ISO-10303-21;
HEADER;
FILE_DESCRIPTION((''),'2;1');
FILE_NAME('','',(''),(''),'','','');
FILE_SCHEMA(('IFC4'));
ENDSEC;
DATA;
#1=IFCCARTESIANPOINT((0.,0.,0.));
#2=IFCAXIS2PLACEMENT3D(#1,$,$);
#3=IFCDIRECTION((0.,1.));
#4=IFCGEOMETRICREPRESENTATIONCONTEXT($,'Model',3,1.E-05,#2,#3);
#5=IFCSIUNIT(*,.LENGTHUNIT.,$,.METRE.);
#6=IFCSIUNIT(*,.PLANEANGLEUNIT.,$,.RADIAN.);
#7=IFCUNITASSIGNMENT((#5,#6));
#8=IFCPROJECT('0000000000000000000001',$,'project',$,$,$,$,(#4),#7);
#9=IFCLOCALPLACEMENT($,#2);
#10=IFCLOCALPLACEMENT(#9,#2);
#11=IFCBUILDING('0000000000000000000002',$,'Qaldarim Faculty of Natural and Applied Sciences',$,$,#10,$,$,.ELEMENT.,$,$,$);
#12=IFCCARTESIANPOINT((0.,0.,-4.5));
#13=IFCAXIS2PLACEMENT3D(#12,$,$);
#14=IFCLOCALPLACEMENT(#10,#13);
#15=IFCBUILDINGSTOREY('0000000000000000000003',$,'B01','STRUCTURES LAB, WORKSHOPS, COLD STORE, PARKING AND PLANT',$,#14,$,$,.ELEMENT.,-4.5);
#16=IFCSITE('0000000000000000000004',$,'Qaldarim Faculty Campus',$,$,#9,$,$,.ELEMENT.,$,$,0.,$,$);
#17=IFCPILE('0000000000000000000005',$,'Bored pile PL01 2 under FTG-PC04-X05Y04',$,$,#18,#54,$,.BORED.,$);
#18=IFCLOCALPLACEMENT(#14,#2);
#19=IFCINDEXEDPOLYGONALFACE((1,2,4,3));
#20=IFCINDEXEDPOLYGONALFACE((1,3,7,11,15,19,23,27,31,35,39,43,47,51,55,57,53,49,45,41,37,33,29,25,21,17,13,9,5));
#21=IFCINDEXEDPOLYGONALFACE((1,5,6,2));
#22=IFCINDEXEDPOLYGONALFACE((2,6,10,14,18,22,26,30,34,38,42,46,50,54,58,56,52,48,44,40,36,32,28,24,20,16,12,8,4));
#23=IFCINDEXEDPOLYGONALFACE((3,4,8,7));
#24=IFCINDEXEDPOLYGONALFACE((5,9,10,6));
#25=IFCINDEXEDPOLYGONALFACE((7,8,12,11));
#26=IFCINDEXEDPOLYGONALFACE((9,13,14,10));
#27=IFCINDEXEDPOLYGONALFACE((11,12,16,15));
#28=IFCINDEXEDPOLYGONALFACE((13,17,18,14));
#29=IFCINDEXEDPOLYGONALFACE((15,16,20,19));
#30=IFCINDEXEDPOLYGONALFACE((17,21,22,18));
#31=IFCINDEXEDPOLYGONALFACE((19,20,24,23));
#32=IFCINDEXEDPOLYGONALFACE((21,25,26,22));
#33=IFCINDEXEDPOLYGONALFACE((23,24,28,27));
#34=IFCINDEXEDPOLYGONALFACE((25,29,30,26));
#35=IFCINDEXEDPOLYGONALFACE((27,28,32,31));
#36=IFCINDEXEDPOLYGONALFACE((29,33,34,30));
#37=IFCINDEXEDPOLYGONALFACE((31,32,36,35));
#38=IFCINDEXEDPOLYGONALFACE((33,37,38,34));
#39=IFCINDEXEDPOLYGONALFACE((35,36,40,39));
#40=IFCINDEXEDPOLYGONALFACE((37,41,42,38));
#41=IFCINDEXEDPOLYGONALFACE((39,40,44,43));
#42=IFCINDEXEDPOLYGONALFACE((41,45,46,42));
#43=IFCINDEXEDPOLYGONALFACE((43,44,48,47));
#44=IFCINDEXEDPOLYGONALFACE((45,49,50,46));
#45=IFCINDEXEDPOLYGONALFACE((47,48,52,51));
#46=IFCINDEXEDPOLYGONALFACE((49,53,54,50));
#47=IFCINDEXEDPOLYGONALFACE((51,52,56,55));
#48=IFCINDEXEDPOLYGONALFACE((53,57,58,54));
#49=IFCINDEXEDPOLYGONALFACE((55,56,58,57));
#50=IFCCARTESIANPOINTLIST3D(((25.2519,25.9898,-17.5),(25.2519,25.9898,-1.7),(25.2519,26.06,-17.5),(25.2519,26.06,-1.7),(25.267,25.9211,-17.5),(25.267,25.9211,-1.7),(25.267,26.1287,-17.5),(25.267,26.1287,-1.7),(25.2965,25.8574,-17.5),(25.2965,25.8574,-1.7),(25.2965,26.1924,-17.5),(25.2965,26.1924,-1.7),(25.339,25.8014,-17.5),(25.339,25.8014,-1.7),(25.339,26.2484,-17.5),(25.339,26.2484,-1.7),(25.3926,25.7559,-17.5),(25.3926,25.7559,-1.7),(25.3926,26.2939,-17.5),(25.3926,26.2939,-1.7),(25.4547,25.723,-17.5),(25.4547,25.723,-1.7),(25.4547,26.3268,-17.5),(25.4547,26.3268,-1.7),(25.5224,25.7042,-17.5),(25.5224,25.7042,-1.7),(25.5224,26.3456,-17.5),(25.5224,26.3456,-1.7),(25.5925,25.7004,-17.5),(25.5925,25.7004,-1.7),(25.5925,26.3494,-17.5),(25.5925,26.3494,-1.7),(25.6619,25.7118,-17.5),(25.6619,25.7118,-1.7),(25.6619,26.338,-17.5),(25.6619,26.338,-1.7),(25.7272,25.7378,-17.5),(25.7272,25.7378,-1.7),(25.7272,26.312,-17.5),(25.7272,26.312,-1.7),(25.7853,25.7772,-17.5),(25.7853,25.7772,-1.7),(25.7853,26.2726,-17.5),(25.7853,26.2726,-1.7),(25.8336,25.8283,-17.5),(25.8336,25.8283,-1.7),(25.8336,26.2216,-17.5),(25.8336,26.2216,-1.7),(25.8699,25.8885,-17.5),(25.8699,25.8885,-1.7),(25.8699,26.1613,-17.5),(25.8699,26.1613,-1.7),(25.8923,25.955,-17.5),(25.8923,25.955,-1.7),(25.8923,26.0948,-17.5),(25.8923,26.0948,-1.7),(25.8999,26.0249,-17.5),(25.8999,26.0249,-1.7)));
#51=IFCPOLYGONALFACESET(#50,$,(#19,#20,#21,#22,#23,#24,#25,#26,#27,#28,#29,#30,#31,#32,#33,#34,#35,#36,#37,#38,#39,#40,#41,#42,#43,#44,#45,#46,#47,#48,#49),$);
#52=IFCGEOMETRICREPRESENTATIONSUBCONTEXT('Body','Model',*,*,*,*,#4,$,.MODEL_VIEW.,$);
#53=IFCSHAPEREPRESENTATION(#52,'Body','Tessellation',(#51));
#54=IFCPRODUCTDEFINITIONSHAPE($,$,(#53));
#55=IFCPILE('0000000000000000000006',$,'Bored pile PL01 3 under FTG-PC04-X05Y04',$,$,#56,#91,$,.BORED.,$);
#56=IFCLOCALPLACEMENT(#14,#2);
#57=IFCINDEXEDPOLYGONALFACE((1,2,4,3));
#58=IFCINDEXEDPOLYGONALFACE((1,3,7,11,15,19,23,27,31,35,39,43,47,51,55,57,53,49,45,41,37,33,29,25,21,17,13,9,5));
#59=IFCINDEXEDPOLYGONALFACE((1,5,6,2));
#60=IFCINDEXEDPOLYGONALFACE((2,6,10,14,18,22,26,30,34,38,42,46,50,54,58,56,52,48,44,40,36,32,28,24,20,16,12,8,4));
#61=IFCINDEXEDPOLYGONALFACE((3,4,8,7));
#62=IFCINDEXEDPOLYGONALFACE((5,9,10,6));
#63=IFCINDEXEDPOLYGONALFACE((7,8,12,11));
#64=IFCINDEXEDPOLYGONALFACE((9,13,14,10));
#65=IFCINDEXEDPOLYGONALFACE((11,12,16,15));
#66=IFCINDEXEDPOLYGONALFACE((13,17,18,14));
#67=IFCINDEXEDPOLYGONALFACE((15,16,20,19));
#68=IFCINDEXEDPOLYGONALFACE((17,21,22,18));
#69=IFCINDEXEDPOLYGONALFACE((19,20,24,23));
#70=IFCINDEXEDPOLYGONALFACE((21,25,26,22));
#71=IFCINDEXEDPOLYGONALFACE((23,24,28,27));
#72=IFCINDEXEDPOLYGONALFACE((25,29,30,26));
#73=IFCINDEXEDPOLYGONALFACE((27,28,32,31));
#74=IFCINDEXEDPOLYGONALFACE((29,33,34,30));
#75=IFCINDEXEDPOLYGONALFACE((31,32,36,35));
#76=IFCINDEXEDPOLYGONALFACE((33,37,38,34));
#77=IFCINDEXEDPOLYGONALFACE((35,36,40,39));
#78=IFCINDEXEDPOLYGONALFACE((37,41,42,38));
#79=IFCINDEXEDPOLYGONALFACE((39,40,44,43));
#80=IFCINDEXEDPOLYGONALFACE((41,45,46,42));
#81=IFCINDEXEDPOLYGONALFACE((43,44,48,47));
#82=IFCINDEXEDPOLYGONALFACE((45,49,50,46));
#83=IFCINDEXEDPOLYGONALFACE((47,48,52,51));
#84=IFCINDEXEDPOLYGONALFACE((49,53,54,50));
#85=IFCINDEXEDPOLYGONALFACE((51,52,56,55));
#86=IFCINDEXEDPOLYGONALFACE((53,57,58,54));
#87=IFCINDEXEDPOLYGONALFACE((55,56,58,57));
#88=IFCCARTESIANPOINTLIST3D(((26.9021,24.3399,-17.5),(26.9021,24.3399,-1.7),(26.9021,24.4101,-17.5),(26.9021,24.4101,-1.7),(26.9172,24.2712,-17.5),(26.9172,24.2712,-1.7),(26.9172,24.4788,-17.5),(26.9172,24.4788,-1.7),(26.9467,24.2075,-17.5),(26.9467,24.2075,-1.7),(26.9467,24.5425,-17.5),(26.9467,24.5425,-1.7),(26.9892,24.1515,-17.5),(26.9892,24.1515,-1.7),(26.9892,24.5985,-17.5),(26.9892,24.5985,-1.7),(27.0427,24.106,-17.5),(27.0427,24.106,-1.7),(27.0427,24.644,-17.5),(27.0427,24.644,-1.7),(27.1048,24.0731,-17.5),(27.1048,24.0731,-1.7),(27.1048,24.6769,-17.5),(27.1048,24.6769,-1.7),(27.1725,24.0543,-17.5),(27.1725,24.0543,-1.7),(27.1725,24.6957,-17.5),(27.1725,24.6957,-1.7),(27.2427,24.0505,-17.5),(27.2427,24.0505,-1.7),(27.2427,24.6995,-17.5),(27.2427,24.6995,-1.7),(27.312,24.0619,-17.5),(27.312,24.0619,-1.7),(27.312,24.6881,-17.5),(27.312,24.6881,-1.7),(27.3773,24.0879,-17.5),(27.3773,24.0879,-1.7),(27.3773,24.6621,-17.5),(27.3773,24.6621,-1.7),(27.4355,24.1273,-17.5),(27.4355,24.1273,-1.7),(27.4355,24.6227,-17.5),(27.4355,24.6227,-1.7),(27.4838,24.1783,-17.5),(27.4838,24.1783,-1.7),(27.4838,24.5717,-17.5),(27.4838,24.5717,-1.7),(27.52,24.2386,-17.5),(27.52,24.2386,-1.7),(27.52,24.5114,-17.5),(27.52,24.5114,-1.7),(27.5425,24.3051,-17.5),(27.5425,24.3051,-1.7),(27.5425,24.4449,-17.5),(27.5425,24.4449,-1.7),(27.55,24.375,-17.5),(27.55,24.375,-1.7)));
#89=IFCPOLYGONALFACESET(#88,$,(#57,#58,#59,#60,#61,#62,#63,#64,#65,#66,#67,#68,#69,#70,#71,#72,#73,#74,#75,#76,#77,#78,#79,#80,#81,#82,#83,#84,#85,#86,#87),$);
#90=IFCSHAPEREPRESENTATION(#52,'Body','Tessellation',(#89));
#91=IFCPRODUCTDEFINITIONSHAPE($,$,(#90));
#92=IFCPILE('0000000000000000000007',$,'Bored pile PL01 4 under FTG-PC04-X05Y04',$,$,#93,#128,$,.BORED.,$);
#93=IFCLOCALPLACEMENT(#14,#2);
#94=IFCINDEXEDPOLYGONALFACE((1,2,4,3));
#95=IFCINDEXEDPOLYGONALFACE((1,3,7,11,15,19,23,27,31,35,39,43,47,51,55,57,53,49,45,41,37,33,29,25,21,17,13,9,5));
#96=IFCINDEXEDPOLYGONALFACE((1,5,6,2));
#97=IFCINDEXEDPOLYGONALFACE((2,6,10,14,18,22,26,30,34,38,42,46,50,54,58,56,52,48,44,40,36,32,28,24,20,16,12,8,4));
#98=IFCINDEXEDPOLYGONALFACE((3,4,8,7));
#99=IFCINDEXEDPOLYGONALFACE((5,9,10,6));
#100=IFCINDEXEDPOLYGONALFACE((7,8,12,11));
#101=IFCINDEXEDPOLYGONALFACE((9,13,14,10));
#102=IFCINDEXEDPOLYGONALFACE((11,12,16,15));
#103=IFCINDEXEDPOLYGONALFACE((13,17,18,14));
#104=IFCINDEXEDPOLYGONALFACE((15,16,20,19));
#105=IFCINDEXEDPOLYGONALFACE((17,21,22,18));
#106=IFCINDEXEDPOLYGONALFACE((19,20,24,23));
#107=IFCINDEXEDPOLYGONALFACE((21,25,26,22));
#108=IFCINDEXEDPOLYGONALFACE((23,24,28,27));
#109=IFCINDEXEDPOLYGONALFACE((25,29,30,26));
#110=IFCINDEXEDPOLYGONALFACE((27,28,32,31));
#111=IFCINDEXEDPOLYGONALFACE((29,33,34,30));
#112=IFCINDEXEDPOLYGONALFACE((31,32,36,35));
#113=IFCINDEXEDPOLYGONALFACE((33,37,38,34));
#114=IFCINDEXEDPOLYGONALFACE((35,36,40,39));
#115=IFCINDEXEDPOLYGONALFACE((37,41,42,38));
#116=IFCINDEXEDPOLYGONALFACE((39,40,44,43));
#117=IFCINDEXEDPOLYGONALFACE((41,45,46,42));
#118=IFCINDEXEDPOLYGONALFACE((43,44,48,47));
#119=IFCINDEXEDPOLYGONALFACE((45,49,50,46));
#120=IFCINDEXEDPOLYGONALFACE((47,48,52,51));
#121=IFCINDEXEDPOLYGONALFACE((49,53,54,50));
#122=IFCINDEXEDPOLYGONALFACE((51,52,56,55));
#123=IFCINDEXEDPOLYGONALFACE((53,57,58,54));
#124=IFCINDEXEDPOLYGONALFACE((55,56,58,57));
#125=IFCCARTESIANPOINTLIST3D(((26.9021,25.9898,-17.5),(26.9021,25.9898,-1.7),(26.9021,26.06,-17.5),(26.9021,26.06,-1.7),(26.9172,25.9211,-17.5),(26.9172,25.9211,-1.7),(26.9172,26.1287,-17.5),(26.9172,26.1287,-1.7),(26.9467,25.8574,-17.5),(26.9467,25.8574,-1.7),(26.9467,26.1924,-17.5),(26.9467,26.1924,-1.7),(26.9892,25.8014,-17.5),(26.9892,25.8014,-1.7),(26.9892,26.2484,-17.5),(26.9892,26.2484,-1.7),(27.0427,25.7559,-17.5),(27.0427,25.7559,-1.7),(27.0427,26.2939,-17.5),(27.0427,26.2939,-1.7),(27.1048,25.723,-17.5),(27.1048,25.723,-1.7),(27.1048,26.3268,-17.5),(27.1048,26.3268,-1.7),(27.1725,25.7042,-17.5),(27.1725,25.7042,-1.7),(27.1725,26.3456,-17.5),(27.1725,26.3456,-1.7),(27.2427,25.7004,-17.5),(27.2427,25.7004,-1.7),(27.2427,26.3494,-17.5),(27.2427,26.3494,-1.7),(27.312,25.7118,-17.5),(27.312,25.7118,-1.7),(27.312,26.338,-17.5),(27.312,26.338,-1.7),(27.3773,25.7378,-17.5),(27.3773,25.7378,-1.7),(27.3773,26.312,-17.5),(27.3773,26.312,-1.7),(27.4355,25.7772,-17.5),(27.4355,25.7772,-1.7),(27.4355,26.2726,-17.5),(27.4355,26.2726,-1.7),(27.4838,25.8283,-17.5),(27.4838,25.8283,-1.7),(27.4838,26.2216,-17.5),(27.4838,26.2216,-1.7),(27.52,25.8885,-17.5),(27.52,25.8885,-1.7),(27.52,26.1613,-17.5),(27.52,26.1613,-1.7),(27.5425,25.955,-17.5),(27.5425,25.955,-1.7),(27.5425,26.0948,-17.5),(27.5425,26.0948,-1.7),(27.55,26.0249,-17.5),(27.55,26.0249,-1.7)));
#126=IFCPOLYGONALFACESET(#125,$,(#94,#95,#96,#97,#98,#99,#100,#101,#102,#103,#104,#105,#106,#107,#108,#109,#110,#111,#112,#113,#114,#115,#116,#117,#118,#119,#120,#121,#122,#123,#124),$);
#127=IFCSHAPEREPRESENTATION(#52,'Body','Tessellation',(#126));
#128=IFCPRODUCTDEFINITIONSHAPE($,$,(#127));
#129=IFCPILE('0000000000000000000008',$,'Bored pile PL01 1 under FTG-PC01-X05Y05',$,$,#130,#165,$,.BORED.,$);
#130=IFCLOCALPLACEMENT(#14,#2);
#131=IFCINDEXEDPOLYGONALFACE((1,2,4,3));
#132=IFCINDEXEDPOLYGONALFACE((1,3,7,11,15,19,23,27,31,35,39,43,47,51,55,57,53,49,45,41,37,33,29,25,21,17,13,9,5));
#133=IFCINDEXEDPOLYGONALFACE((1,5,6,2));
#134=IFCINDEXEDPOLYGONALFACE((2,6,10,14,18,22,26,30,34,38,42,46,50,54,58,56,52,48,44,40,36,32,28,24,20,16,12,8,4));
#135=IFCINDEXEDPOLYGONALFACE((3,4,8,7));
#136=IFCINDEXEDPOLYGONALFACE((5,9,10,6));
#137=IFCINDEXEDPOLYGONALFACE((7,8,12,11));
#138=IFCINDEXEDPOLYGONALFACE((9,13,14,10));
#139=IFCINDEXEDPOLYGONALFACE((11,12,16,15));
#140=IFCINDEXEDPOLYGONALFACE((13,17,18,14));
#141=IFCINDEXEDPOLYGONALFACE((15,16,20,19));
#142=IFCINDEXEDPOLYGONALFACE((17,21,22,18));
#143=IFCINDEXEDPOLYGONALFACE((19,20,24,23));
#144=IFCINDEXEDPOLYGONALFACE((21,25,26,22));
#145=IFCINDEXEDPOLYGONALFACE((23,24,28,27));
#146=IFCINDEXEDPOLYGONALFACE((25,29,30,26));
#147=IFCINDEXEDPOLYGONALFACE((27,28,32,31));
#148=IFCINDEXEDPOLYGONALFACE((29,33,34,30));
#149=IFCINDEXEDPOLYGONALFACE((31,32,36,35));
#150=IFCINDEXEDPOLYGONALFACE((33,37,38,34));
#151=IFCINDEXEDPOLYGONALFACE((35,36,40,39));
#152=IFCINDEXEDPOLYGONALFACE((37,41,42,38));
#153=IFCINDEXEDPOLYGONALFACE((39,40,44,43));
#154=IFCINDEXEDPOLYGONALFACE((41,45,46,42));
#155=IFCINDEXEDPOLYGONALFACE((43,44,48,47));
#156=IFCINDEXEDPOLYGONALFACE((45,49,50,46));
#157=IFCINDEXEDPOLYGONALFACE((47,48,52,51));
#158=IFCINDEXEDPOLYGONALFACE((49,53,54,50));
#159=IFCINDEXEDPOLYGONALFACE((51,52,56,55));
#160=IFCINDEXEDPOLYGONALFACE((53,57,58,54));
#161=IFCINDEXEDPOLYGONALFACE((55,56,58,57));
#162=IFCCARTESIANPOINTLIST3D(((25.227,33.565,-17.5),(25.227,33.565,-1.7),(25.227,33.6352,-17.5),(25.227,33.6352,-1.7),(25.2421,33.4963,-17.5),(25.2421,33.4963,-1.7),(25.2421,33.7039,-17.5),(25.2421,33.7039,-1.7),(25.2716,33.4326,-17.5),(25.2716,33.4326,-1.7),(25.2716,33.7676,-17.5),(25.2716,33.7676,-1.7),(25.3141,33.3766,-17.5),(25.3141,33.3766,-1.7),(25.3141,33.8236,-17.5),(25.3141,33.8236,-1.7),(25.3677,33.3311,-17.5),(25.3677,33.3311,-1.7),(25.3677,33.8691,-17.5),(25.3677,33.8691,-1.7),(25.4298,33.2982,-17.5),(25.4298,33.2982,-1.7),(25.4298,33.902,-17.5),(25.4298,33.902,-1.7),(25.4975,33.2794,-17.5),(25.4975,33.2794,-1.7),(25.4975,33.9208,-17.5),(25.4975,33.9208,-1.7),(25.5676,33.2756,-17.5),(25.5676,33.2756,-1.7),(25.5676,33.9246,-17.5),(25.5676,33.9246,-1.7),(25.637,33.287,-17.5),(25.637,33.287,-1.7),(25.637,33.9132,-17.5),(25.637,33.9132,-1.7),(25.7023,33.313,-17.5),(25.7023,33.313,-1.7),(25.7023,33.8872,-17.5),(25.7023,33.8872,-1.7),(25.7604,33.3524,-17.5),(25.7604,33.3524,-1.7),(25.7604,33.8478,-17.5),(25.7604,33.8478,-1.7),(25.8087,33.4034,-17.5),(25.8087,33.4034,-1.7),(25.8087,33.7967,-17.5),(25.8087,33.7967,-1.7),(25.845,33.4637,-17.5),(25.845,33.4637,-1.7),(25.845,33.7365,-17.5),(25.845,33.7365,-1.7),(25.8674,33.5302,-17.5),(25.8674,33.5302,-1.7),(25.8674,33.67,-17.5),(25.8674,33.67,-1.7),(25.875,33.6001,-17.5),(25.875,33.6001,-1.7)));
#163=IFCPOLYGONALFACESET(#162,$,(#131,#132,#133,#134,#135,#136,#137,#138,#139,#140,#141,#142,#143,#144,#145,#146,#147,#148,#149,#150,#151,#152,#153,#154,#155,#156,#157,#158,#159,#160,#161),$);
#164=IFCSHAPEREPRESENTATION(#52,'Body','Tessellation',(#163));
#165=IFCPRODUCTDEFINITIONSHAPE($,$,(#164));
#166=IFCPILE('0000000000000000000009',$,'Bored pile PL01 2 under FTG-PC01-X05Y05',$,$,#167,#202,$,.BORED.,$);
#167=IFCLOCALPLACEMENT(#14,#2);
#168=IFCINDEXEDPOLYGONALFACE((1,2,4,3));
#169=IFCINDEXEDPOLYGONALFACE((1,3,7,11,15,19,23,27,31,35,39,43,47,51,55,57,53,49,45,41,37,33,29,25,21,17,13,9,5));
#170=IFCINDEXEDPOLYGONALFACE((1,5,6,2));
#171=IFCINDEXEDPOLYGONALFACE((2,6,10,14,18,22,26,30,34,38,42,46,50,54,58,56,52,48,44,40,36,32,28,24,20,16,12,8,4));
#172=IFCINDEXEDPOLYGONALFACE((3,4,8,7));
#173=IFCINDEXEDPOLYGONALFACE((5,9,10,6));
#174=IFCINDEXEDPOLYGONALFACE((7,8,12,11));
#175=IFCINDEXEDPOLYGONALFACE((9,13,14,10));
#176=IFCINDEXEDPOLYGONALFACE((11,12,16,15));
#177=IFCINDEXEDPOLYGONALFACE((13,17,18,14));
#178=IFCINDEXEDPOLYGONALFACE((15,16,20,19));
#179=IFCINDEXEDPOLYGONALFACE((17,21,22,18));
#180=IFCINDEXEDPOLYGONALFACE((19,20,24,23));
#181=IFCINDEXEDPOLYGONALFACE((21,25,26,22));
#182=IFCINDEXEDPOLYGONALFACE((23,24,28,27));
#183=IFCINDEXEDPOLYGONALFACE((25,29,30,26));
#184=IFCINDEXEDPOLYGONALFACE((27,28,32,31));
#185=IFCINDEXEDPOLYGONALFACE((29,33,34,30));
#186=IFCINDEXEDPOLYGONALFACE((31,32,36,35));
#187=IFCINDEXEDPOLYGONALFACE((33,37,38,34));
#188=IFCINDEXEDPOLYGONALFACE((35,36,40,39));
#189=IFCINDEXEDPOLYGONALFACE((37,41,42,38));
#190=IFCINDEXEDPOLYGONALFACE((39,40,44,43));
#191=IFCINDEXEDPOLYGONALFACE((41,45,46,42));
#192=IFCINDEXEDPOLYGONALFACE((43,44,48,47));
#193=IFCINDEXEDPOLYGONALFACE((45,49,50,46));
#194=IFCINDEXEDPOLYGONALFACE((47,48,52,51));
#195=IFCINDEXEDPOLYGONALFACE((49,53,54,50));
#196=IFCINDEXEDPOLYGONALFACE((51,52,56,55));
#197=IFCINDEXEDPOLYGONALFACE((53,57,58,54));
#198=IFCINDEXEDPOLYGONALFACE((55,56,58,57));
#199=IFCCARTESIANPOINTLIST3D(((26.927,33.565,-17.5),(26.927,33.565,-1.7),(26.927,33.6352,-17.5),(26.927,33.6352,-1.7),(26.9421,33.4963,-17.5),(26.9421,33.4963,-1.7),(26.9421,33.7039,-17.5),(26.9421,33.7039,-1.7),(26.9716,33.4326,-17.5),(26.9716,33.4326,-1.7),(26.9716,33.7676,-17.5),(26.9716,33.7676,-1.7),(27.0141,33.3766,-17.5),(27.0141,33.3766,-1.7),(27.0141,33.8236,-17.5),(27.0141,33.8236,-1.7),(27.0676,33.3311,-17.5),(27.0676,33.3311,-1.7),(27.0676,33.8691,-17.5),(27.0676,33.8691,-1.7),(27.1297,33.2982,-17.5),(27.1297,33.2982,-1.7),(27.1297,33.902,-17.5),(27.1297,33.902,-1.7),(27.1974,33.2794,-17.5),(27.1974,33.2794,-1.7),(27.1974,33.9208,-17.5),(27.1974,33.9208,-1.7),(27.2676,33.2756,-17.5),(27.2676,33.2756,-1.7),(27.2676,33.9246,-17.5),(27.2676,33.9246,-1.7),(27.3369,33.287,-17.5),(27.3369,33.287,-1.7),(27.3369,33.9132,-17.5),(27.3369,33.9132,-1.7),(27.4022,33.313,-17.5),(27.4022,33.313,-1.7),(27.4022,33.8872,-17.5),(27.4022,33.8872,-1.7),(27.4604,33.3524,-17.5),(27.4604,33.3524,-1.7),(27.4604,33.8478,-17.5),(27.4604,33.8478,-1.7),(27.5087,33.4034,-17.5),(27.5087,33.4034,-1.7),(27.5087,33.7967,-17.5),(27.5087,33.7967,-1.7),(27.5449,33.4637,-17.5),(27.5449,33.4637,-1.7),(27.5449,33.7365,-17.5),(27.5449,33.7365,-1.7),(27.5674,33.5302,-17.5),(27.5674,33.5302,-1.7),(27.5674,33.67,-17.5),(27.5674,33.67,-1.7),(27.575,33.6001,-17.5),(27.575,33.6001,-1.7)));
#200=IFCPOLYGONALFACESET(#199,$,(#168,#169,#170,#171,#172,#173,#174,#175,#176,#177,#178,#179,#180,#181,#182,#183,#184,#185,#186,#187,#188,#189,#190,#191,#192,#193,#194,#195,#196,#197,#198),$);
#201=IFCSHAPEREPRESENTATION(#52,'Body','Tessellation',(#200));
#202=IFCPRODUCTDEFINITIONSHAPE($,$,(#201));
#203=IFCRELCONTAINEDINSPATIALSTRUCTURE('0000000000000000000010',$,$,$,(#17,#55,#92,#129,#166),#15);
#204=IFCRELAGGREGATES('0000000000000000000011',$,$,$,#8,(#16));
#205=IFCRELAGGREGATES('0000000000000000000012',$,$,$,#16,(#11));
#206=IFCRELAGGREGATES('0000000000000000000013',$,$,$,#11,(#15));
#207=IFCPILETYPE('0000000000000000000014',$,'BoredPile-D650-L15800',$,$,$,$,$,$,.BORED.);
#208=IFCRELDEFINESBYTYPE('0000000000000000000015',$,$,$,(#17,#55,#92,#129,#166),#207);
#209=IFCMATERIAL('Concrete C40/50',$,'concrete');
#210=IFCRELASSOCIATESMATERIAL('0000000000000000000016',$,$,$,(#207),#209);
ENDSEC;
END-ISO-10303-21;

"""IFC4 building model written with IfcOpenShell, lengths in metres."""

from ifc_helpers import new_model, si_unit, direction, frame, origin, origin_2d, place, context, subcontext, project, spatial, circle, extrude, material, material_profile, profile_set, type_object, element, save


model = new_model("IFC4")

# Units and contexts
model_context = context("Model", 3, precision=1e-05, world=origin(), true_north=direction((0.0, 1.0)))
body_context = subcontext(model_context, "Body", "Model", "MODEL_VIEW")
ifc_project = project(units=[si_unit("LENGTHUNIT", "METRE"), si_unit("PLANEANGLEUNIT", "RADIAN")], contexts=[model_context])

# Site, building, storey
site_placement = place(None, origin())
site = spatial("IfcSite", under=ifc_project, at=site_placement, Name="Qaldarim Faculty Campus", CompositionType="ELEMENT", RefElevation=0.0)
building_placement = place(site_placement, origin())
building = spatial("IfcBuilding", under=site, at=building_placement, Name="Qaldarim Faculty of Natural and Applied Sciences", CompositionType="ELEMENT")
storey_placement = place(building_placement, frame((0.0, 0.0, -4.5)))
storey = spatial("IfcBuildingStorey", under=building, at=storey_placement, Name="B01", Description="STRUCTURES LAB, WORKSHOPS, COLD STORE, PARKING AND PLANT", CompositionType="ELEMENT", Elevation=-4.5)

# Piles
ifc_material_1 = material(Name="Concrete C40/50", Category="concrete")
ifc_material_profile_1 = material_profile(ifc_material_1, circle(Radius=0.325, at=origin_2d()), Name="PILE-D650")
ifc_profile_set_1 = profile_set([ifc_material_profile_1], Name="Concrete C40/50")
pile_type_1 = type_object("IfcPileType", Name="BoredPile-D650-L15800", PredefinedType="BORED", material=ifc_profile_set_1)
for number, where, z_axis, x_axis, name in (
    (1, (25.575, 26.0249, -1.7), (0.0, 0.0, -1.0), (1.0, 0.0, 0.0), "Bored pile PL01 2 under FTG-PC04-X05Y04"),
    (2, (27.2251, 24.375, -1.7), (0.0, 0.0, -1.0), (1.0, 0.0, 0.0), "Bored pile PL01 3 under FTG-PC04-X05Y04"),
    (3, (27.2251, 26.0249, -1.7), (0.0, 0.0, -1.0), (1.0, 0.0, 0.0), "Bored pile PL01 4 under FTG-PC04-X05Y04"),
    (4, (25.55, 33.6001, -1.7), (0.0, 0.0, -1.0), (1.0, 0.0, 0.0), "Bored pile PL01 1 under FTG-PC01-X05Y05"),
    (5, (27.25, 33.6001, -1.7), (0.0, 0.0, -1.0), (1.0, 0.0, 0.0), "Bored pile PL01 2 under FTG-PC01-X05Y05"),
):
    element("IfcPile", number, at=place(storey_placement, frame(where, z_axis=z_axis, x_axis=x_axis)), inside=storey, type_object=pile_type_1, Name=name, PredefinedType="BORED", context=body_context, shape_type="SweptSolid", body=[
        extrude(circle(Radius=0.325, at=origin_2d()), origin(), (0.0, 0.0, 1.0), 15.8),
    ])

save(model, "model.ifc")
